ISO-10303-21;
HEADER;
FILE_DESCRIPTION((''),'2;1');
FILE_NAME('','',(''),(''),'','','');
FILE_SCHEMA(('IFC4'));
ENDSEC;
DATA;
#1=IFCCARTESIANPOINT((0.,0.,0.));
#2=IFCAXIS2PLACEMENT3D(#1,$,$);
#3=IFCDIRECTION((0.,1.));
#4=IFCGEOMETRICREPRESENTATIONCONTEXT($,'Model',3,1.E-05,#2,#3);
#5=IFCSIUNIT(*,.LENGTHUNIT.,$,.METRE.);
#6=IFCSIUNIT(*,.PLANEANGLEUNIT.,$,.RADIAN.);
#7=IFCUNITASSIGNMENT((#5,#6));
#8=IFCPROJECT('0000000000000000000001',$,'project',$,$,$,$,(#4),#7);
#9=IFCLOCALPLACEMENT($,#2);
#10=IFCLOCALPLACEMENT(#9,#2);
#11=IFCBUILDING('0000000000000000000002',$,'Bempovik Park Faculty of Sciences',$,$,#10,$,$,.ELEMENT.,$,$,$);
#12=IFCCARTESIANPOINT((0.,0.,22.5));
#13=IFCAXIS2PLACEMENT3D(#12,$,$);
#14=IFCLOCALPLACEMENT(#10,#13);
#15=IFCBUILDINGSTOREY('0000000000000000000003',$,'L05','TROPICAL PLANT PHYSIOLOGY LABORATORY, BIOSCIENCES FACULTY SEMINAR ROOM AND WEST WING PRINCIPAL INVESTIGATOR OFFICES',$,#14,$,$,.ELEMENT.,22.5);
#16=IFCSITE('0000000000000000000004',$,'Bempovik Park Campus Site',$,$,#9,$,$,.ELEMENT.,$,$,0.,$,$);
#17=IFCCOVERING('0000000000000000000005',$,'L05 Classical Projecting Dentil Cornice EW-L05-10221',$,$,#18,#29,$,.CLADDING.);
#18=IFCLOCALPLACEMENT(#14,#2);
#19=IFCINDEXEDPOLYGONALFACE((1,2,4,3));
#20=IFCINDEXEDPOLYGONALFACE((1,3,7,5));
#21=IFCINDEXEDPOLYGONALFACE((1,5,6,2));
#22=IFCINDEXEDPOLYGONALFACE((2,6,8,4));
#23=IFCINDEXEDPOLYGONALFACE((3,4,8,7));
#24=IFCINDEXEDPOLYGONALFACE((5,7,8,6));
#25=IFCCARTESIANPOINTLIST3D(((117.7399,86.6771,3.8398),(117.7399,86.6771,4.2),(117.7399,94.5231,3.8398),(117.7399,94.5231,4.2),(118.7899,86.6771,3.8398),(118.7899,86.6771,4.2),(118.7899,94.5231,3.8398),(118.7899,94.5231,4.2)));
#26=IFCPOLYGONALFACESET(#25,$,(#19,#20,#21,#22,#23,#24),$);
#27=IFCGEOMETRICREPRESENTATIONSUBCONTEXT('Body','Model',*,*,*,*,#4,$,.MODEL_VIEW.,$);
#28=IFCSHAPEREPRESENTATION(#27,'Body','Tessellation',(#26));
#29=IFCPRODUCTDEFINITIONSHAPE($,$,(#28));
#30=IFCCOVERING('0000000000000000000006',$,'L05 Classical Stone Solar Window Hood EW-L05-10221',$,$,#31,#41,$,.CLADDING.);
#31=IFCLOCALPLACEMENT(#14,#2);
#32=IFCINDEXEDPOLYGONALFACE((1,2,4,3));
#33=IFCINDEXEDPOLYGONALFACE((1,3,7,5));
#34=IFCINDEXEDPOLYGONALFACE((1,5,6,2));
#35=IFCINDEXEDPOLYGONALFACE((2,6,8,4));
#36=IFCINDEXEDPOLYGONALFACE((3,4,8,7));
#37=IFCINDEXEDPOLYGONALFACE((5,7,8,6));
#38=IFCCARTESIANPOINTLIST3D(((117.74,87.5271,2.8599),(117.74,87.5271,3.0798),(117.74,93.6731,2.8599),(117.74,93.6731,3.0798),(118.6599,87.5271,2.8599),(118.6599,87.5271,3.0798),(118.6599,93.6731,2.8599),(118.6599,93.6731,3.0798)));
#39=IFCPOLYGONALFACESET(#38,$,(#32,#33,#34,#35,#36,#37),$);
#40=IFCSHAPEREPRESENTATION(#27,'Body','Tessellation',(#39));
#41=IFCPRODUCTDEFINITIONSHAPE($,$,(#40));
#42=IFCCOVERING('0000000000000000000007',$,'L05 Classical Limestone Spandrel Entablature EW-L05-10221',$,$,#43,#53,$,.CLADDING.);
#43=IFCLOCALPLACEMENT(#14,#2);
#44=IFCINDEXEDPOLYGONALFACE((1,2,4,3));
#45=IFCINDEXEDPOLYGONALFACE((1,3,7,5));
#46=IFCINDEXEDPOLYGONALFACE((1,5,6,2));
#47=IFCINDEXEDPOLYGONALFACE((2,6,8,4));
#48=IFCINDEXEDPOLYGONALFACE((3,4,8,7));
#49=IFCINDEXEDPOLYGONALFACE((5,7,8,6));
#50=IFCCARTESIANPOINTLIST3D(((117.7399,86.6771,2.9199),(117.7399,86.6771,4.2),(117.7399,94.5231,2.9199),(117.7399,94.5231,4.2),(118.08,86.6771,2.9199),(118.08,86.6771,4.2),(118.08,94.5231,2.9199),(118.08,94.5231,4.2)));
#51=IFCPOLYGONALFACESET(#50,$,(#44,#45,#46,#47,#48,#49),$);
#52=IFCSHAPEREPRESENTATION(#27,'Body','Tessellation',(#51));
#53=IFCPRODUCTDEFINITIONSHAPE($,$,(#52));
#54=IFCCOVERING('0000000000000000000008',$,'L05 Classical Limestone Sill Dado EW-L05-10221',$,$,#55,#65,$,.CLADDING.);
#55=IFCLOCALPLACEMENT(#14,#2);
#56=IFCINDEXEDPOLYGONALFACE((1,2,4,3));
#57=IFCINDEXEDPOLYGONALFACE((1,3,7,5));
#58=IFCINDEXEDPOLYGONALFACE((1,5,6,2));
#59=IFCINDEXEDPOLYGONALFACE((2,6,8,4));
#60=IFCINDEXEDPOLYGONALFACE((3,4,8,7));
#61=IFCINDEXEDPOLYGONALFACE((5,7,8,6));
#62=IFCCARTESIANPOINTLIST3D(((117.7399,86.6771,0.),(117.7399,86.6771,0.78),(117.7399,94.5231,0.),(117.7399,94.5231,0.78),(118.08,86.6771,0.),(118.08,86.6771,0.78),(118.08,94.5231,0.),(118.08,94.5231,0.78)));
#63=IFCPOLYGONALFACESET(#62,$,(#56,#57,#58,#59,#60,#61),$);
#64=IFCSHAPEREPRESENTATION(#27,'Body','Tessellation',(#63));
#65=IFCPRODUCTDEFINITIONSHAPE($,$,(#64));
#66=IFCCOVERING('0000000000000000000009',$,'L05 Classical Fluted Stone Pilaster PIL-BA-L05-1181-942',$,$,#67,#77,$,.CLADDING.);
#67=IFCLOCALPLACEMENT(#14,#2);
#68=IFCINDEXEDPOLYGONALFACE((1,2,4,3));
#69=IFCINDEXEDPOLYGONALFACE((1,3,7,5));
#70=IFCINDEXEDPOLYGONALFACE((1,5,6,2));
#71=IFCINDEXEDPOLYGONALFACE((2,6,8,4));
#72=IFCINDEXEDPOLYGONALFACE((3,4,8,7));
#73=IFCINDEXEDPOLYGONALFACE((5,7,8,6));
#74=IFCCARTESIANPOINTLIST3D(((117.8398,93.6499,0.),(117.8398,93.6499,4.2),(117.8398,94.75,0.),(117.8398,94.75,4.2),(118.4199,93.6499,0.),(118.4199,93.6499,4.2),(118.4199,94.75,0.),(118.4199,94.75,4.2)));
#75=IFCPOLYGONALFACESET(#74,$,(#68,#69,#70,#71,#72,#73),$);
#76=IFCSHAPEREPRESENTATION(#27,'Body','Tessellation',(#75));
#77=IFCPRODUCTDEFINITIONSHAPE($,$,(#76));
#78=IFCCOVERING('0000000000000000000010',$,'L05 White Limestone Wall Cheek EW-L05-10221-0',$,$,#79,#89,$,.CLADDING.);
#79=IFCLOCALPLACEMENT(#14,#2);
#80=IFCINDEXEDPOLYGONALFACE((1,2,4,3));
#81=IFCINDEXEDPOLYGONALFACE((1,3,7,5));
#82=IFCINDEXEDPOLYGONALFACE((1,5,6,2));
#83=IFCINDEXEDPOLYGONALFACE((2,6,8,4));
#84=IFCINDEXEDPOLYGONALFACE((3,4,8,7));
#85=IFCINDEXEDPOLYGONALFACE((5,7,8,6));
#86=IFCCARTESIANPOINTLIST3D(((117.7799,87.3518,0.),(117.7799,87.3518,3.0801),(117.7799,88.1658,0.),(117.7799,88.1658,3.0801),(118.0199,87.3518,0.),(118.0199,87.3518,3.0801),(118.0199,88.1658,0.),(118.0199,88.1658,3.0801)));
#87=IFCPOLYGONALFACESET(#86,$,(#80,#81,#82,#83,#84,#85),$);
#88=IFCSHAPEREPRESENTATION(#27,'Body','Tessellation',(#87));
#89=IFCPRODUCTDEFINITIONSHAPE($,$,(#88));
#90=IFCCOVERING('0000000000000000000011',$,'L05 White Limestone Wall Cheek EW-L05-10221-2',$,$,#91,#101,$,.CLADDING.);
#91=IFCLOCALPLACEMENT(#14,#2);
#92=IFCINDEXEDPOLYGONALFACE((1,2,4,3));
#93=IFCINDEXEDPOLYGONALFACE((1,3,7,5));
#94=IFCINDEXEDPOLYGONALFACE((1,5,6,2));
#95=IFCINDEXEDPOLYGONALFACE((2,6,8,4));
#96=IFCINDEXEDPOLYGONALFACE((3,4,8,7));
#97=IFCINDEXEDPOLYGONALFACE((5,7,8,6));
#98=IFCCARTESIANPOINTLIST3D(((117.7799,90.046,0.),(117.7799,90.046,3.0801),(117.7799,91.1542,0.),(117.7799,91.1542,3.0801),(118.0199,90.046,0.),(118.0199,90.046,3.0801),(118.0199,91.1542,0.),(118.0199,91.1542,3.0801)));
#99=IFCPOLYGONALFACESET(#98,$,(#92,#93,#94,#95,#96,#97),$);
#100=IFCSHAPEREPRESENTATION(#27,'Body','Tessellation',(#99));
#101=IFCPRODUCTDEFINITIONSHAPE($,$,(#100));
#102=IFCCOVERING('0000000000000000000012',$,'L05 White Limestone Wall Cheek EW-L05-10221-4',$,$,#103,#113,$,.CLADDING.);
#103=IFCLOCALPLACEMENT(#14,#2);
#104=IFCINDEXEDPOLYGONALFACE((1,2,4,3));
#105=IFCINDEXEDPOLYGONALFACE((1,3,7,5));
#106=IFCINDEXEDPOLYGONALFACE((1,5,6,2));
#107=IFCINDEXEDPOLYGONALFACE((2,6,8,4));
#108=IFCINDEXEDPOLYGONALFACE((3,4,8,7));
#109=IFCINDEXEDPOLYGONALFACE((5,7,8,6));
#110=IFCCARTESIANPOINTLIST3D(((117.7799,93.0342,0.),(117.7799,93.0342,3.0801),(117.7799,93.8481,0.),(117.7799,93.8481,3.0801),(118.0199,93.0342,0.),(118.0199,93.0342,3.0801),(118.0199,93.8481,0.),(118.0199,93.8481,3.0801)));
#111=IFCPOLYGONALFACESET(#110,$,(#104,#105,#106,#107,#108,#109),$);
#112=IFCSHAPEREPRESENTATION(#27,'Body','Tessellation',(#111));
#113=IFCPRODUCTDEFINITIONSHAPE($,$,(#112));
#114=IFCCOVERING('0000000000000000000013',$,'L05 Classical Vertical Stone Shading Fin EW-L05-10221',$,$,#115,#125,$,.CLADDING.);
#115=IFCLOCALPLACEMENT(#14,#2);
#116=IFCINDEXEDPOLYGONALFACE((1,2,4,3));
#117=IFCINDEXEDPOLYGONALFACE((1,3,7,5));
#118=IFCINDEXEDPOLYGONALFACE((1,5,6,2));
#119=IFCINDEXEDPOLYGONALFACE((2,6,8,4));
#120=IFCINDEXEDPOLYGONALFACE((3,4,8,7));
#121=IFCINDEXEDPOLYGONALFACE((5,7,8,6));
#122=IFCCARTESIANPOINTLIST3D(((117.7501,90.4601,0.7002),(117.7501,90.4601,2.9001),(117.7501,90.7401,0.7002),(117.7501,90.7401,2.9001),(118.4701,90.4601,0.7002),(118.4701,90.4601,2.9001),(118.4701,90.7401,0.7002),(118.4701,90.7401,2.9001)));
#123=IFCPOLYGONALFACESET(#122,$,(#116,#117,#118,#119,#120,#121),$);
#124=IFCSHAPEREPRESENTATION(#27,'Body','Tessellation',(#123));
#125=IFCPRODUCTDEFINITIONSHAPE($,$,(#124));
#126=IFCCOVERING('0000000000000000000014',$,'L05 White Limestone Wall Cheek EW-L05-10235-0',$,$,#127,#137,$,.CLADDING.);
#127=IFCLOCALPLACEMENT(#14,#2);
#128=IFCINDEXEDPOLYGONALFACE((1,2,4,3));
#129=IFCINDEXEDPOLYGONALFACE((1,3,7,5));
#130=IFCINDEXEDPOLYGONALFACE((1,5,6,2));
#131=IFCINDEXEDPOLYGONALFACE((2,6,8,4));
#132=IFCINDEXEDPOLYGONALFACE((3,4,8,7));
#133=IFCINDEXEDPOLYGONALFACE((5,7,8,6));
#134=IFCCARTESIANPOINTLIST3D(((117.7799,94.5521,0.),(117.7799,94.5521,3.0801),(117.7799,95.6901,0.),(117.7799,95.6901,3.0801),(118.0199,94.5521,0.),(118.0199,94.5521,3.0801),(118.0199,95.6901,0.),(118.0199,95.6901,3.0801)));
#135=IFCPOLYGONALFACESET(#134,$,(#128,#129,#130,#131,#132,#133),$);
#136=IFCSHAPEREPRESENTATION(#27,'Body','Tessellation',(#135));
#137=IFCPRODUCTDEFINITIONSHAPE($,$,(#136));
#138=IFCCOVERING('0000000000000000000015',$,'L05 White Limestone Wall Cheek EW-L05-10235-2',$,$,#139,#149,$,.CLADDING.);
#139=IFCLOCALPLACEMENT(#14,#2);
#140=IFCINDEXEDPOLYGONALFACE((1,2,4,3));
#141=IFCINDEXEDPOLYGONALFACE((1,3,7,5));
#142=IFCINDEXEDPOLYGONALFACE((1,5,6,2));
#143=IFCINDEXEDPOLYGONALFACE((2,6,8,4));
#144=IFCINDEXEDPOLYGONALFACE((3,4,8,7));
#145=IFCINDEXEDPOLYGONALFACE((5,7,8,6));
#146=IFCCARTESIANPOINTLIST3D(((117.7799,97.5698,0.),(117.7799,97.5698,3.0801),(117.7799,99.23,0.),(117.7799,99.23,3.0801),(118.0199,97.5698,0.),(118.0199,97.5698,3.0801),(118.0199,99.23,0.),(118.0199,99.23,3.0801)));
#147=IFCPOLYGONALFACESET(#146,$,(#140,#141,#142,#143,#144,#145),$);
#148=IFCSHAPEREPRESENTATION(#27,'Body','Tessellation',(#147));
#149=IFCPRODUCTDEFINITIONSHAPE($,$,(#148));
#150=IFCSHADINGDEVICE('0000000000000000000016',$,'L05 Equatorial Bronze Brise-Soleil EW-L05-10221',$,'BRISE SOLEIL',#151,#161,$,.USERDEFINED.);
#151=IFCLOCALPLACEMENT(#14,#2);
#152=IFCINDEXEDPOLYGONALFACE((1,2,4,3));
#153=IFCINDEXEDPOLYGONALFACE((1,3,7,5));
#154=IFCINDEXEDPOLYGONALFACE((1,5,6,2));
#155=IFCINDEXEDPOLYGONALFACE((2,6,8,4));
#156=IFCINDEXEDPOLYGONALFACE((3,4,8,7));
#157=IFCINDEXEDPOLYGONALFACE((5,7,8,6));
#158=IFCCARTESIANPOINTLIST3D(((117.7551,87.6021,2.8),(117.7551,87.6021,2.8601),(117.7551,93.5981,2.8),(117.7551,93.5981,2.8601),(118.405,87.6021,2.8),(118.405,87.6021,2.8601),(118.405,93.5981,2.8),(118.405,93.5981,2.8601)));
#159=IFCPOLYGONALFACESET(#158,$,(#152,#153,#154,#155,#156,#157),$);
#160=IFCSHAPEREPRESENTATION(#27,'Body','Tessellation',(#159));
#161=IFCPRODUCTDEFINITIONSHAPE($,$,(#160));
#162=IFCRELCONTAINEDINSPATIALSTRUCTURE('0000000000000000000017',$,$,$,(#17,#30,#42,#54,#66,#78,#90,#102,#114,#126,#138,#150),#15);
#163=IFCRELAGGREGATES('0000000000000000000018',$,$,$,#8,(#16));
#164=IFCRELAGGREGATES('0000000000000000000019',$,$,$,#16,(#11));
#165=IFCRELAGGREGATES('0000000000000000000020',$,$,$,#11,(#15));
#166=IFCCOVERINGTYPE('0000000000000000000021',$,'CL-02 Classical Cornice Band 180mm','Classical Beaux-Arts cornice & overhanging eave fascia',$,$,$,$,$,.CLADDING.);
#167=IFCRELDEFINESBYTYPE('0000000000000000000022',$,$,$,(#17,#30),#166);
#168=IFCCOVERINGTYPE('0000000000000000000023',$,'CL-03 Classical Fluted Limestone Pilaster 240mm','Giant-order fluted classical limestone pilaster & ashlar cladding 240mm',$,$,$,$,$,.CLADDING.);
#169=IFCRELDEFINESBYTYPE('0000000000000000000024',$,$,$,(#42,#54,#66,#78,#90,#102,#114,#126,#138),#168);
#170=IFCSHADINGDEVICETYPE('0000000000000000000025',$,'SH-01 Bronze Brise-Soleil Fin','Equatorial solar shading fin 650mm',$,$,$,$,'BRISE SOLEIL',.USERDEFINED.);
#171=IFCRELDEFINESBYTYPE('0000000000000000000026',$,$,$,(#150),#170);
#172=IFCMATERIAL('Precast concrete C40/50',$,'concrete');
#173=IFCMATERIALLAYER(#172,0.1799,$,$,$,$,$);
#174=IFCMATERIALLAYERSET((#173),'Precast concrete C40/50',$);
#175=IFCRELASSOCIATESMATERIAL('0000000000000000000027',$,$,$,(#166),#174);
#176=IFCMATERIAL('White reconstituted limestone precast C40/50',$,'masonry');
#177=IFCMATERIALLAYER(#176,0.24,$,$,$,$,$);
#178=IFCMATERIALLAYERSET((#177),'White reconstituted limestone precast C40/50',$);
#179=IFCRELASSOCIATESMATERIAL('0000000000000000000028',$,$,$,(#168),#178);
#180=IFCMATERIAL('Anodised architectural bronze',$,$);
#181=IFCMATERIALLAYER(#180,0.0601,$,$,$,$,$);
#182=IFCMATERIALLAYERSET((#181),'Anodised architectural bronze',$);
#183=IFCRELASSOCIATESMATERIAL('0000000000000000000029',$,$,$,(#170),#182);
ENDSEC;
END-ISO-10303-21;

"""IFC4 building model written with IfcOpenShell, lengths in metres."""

from ifc_helpers import new_model, si_unit, direction, frame, origin, origin_2d, place, context, subcontext, project, spatial, rectangle, extrude, material, layer, layer_set, type_object, element, save


model = new_model("IFC4")

# Units and contexts
model_context = context("Model", 3, precision=1e-05, world=origin(), true_north=direction((0.0, 1.0)))
body_context = subcontext(model_context, "Body", "Model", "MODEL_VIEW")
ifc_project = project(units=[si_unit("LENGTHUNIT", "METRE"), si_unit("PLANEANGLEUNIT", "RADIAN")], contexts=[model_context])

# Site, building, storey
site_placement = place(None, origin())
site = spatial("IfcSite", under=ifc_project, at=site_placement, Name="Bempovik Park Campus Site", CompositionType="ELEMENT", RefElevation=0.0)
building_placement = place(site_placement, origin())
building = spatial("IfcBuilding", under=site, at=building_placement, Name="Bempovik Park Faculty of Sciences", CompositionType="ELEMENT")
storey_placement = place(building_placement, frame((0.0, 0.0, 22.5)))
storey = spatial("IfcBuildingStorey", under=building, at=storey_placement, Name="L05", Description="TROPICAL PLANT PHYSIOLOGY LABORATORY, BIOSCIENCES FACULTY SEMINAR ROOM AND WEST WING PRINCIPAL INVESTIGATOR OFFICES", CompositionType="ELEMENT", Elevation=22.5)

# Shared definitions
ifc_material_1 = material(Name="Precast concrete C40/50", Category="concrete")

# Coverings
ifc_layer_1 = layer(ifc_material_1, 0.1799)
ifc_layer_set_1 = layer_set([ifc_layer_1], Name="Precast concrete C40/50")
covering_type_1 = type_object("IfcCoveringType", Name="CL-02 Classical Cornice Band 180mm", Description="Classical Beaux-Arts cornice & overhanging eave fascia", PredefinedType="CLADDING", material=ifc_layer_set_1)
covering_1_placement = place(storey_placement, frame((118.2649, 90.6001, 3.8398), z_axis=(0.0, 0.0, 1.0), x_axis=(1.0, 0.0, 0.0)))
element("IfcCovering", 1, at=covering_1_placement, inside=storey, type_object=covering_type_1, Name="L05 Classical Projecting Dentil Cornice EW-L05-10221", PredefinedType="CLADDING", context=body_context, shape_type="SweptSolid", body=[
    extrude(rectangle(XDim=1.05, YDim=7.8459, at=origin_2d()), origin(), (0.0, 0.0, 1.0), 0.3601),
])
covering_2_placement = place(storey_placement, frame((118.2, 90.6001, 2.8599), z_axis=(0.0, 0.0, 1.0), x_axis=(1.0, 0.0, 0.0)))
element("IfcCovering", 2, at=covering_2_placement, inside=storey, type_object=covering_type_1, Name="L05 Classical Stone Solar Window Hood EW-L05-10221", PredefinedType="CLADDING", context=body_context, shape_type="SweptSolid", body=[
    extrude(rectangle(XDim=0.9199, YDim=6.146, at=origin_2d()), origin(), (0.0, 0.0, 1.0), 0.22),
])
ifc_material_2 = material(Name="White reconstituted limestone precast C40/50", Category="masonry")
ifc_layer_2 = layer(ifc_material_2, 0.24)
ifc_layer_set_2 = layer_set([ifc_layer_2], Name="White reconstituted limestone precast C40/50")
covering_type_2 = type_object("IfcCoveringType", Name="CL-03 Classical Fluted Limestone Pilaster 240mm", Description="Giant-order fluted classical limestone pilaster & ashlar cladding 240mm", PredefinedType="CLADDING", material=ifc_layer_set_2)
covering_3_placement = place(storey_placement, frame((117.9099, 90.6001, 2.9199), z_axis=(0.0, 0.0, 1.0), x_axis=(1.0, 0.0, 0.0)))
element("IfcCovering", 3, at=covering_3_placement, inside=storey, type_object=covering_type_2, Name="L05 Classical Limestone Spandrel Entablature EW-L05-10221", PredefinedType="CLADDING", context=body_context, shape_type="SweptSolid", body=[
    extrude(rectangle(XDim=0.3401, YDim=7.8459, at=origin_2d()), origin(), (0.0, 0.0, 1.0), 1.28),
])
covering_4_placement = place(storey_placement, frame((117.9099, 90.6001, 0.0), z_axis=(0.0, 0.0, 1.0), x_axis=(1.0, 0.0, 0.0)))
element("IfcCovering", 4, at=covering_4_placement, inside=storey, type_object=covering_type_2, Name="L05 Classical Limestone Sill Dado EW-L05-10221", PredefinedType="CLADDING", context=body_context, shape_type="SweptSolid", body=[
    extrude(rectangle(XDim=0.3401, YDim=7.8459, at=origin_2d()), origin(), (0.0, 0.0, 1.0), 0.78),
])
covering_5_placement = place(storey_placement, frame((118.1299, 94.2, 0.0), z_axis=(0.0, 0.0, 1.0), x_axis=(1.0, 0.0, 0.0)))
element("IfcCovering", 5, at=covering_5_placement, inside=storey, type_object=covering_type_2, Name="L05 Classical Fluted Stone Pilaster PIL-BA-L05-1181-942", PredefinedType="CLADDING", context=body_context, shape_type="SweptSolid", body=[
    extrude(rectangle(XDim=0.5801, YDim=1.1001, at=origin_2d()), origin(), (0.0, 0.0, 1.0), 4.2),
])
covering_6_placement = place(storey_placement, frame((117.8999, 87.7588, 0.0), z_axis=(0.0, 0.0, 1.0), x_axis=(1.0, 0.0, 0.0)))
element("IfcCovering", 6, at=covering_6_placement, inside=storey, type_object=covering_type_2, Name="L05 White Limestone Wall Cheek EW-L05-10221-0", PredefinedType="CLADDING", context=body_context, shape_type="SweptSolid", body=[
    extrude(rectangle(XDim=0.24, YDim=0.814, at=origin_2d()), origin(), (0.0, 0.0, 1.0), 3.0801),
])
covering_7_placement = place(storey_placement, frame((117.8999, 90.6001, 0.0), z_axis=(0.0, 0.0, 1.0), x_axis=(1.0, 0.0, 0.0)))
element("IfcCovering", 7, at=covering_7_placement, inside=storey, type_object=covering_type_2, Name="L05 White Limestone Wall Cheek EW-L05-10221-2", PredefinedType="CLADDING", context=body_context, shape_type="SweptSolid", body=[
    extrude(rectangle(XDim=0.24, YDim=1.1082, at=origin_2d()), origin(), (0.0, 0.0, 1.0), 3.0801),
])
covering_8_placement = place(storey_placement, frame((117.8999, 93.4412, 0.0), z_axis=(0.0, 0.0, 1.0), x_axis=(1.0, 0.0, 0.0)))
element("IfcCovering", 8, at=covering_8_placement, inside=storey, type_object=covering_type_2, Name="L05 White Limestone Wall Cheek EW-L05-10221-4", PredefinedType="CLADDING", context=body_context, shape_type="SweptSolid", body=[
    extrude(rectangle(XDim=0.24, YDim=0.814, at=origin_2d()), origin(), (0.0, 0.0, 1.0), 3.0801),
])
covering_9_placement = place(storey_placement, frame((118.1101, 90.6001, 0.7002), z_axis=(0.0, 0.0, 1.0), x_axis=(1.0, 0.0, 0.0)))
element("IfcCovering", 9, at=covering_9_placement, inside=storey, type_object=covering_type_2, Name="L05 Classical Vertical Stone Shading Fin EW-L05-10221", PredefinedType="CLADDING", context=body_context, shape_type="SweptSolid", body=[
    extrude(rectangle(XDim=0.72, YDim=0.28, at=origin_2d()), origin(), (0.0, 0.0, 1.0), 2.2),
])
covering_10_placement = place(storey_placement, frame((117.8999, 95.1211, 0.0), z_axis=(0.0, 0.0, 1.0), x_axis=(1.0, 0.0, 0.0)))
element("IfcCovering", 10, at=covering_10_placement, inside=storey, type_object=covering_type_2, Name="L05 White Limestone Wall Cheek EW-L05-10235-0", PredefinedType="CLADDING", context=body_context, shape_type="SweptSolid", body=[
    extrude(rectangle(XDim=0.24, YDim=1.1379, at=origin_2d()), origin(), (0.0, 0.0, 1.0), 3.0801),
])
covering_11_placement = place(storey_placement, frame((117.8999, 98.3999, 0.0), z_axis=(0.0, 0.0, 1.0), x_axis=(1.0, 0.0, 0.0)))
element("IfcCovering", 11, at=covering_11_placement, inside=storey, type_object=covering_type_2, Name="L05 White Limestone Wall Cheek EW-L05-10235-2", PredefinedType="CLADDING", context=body_context, shape_type="SweptSolid", body=[
    extrude(rectangle(XDim=0.24, YDim=1.6602, at=origin_2d()), origin(), (0.0, 0.0, 1.0), 3.0801),
])

# Shading device
ifc_material_3 = material(Name="Anodised architectural bronze")
ifc_layer_3 = layer(ifc_material_3, 0.0601)
ifc_layer_set_3 = layer_set([ifc_layer_3], Name="Anodised architectural bronze")
shading_device_type = type_object("IfcShadingDeviceType", Name="SH-01 Bronze Brise-Soleil Fin", Description="Equatorial solar shading fin 650mm", ElementType="BRISE SOLEIL", PredefinedType="USERDEFINED", material=ifc_layer_set_3)
shading_device_placement = place(storey_placement, frame((118.0801, 90.6001, 2.8), z_axis=(0.0, 0.0, 1.0), x_axis=(1.0, 0.0, 0.0)))
element("IfcShadingDevice", 12, at=shading_device_placement, inside=storey, type_object=shading_device_type, Name="L05 Equatorial Bronze Brise-Soleil EW-L05-10221", ObjectType="BRISE SOLEIL", PredefinedType="USERDEFINED", context=body_context, shape_type="SweptSolid", body=[
    extrude(rectangle(XDim=0.6499, YDim=5.9961, at=origin_2d()), origin(), (0.0, 0.0, 1.0), 0.0601),
])

save(model, "model.ifc")
